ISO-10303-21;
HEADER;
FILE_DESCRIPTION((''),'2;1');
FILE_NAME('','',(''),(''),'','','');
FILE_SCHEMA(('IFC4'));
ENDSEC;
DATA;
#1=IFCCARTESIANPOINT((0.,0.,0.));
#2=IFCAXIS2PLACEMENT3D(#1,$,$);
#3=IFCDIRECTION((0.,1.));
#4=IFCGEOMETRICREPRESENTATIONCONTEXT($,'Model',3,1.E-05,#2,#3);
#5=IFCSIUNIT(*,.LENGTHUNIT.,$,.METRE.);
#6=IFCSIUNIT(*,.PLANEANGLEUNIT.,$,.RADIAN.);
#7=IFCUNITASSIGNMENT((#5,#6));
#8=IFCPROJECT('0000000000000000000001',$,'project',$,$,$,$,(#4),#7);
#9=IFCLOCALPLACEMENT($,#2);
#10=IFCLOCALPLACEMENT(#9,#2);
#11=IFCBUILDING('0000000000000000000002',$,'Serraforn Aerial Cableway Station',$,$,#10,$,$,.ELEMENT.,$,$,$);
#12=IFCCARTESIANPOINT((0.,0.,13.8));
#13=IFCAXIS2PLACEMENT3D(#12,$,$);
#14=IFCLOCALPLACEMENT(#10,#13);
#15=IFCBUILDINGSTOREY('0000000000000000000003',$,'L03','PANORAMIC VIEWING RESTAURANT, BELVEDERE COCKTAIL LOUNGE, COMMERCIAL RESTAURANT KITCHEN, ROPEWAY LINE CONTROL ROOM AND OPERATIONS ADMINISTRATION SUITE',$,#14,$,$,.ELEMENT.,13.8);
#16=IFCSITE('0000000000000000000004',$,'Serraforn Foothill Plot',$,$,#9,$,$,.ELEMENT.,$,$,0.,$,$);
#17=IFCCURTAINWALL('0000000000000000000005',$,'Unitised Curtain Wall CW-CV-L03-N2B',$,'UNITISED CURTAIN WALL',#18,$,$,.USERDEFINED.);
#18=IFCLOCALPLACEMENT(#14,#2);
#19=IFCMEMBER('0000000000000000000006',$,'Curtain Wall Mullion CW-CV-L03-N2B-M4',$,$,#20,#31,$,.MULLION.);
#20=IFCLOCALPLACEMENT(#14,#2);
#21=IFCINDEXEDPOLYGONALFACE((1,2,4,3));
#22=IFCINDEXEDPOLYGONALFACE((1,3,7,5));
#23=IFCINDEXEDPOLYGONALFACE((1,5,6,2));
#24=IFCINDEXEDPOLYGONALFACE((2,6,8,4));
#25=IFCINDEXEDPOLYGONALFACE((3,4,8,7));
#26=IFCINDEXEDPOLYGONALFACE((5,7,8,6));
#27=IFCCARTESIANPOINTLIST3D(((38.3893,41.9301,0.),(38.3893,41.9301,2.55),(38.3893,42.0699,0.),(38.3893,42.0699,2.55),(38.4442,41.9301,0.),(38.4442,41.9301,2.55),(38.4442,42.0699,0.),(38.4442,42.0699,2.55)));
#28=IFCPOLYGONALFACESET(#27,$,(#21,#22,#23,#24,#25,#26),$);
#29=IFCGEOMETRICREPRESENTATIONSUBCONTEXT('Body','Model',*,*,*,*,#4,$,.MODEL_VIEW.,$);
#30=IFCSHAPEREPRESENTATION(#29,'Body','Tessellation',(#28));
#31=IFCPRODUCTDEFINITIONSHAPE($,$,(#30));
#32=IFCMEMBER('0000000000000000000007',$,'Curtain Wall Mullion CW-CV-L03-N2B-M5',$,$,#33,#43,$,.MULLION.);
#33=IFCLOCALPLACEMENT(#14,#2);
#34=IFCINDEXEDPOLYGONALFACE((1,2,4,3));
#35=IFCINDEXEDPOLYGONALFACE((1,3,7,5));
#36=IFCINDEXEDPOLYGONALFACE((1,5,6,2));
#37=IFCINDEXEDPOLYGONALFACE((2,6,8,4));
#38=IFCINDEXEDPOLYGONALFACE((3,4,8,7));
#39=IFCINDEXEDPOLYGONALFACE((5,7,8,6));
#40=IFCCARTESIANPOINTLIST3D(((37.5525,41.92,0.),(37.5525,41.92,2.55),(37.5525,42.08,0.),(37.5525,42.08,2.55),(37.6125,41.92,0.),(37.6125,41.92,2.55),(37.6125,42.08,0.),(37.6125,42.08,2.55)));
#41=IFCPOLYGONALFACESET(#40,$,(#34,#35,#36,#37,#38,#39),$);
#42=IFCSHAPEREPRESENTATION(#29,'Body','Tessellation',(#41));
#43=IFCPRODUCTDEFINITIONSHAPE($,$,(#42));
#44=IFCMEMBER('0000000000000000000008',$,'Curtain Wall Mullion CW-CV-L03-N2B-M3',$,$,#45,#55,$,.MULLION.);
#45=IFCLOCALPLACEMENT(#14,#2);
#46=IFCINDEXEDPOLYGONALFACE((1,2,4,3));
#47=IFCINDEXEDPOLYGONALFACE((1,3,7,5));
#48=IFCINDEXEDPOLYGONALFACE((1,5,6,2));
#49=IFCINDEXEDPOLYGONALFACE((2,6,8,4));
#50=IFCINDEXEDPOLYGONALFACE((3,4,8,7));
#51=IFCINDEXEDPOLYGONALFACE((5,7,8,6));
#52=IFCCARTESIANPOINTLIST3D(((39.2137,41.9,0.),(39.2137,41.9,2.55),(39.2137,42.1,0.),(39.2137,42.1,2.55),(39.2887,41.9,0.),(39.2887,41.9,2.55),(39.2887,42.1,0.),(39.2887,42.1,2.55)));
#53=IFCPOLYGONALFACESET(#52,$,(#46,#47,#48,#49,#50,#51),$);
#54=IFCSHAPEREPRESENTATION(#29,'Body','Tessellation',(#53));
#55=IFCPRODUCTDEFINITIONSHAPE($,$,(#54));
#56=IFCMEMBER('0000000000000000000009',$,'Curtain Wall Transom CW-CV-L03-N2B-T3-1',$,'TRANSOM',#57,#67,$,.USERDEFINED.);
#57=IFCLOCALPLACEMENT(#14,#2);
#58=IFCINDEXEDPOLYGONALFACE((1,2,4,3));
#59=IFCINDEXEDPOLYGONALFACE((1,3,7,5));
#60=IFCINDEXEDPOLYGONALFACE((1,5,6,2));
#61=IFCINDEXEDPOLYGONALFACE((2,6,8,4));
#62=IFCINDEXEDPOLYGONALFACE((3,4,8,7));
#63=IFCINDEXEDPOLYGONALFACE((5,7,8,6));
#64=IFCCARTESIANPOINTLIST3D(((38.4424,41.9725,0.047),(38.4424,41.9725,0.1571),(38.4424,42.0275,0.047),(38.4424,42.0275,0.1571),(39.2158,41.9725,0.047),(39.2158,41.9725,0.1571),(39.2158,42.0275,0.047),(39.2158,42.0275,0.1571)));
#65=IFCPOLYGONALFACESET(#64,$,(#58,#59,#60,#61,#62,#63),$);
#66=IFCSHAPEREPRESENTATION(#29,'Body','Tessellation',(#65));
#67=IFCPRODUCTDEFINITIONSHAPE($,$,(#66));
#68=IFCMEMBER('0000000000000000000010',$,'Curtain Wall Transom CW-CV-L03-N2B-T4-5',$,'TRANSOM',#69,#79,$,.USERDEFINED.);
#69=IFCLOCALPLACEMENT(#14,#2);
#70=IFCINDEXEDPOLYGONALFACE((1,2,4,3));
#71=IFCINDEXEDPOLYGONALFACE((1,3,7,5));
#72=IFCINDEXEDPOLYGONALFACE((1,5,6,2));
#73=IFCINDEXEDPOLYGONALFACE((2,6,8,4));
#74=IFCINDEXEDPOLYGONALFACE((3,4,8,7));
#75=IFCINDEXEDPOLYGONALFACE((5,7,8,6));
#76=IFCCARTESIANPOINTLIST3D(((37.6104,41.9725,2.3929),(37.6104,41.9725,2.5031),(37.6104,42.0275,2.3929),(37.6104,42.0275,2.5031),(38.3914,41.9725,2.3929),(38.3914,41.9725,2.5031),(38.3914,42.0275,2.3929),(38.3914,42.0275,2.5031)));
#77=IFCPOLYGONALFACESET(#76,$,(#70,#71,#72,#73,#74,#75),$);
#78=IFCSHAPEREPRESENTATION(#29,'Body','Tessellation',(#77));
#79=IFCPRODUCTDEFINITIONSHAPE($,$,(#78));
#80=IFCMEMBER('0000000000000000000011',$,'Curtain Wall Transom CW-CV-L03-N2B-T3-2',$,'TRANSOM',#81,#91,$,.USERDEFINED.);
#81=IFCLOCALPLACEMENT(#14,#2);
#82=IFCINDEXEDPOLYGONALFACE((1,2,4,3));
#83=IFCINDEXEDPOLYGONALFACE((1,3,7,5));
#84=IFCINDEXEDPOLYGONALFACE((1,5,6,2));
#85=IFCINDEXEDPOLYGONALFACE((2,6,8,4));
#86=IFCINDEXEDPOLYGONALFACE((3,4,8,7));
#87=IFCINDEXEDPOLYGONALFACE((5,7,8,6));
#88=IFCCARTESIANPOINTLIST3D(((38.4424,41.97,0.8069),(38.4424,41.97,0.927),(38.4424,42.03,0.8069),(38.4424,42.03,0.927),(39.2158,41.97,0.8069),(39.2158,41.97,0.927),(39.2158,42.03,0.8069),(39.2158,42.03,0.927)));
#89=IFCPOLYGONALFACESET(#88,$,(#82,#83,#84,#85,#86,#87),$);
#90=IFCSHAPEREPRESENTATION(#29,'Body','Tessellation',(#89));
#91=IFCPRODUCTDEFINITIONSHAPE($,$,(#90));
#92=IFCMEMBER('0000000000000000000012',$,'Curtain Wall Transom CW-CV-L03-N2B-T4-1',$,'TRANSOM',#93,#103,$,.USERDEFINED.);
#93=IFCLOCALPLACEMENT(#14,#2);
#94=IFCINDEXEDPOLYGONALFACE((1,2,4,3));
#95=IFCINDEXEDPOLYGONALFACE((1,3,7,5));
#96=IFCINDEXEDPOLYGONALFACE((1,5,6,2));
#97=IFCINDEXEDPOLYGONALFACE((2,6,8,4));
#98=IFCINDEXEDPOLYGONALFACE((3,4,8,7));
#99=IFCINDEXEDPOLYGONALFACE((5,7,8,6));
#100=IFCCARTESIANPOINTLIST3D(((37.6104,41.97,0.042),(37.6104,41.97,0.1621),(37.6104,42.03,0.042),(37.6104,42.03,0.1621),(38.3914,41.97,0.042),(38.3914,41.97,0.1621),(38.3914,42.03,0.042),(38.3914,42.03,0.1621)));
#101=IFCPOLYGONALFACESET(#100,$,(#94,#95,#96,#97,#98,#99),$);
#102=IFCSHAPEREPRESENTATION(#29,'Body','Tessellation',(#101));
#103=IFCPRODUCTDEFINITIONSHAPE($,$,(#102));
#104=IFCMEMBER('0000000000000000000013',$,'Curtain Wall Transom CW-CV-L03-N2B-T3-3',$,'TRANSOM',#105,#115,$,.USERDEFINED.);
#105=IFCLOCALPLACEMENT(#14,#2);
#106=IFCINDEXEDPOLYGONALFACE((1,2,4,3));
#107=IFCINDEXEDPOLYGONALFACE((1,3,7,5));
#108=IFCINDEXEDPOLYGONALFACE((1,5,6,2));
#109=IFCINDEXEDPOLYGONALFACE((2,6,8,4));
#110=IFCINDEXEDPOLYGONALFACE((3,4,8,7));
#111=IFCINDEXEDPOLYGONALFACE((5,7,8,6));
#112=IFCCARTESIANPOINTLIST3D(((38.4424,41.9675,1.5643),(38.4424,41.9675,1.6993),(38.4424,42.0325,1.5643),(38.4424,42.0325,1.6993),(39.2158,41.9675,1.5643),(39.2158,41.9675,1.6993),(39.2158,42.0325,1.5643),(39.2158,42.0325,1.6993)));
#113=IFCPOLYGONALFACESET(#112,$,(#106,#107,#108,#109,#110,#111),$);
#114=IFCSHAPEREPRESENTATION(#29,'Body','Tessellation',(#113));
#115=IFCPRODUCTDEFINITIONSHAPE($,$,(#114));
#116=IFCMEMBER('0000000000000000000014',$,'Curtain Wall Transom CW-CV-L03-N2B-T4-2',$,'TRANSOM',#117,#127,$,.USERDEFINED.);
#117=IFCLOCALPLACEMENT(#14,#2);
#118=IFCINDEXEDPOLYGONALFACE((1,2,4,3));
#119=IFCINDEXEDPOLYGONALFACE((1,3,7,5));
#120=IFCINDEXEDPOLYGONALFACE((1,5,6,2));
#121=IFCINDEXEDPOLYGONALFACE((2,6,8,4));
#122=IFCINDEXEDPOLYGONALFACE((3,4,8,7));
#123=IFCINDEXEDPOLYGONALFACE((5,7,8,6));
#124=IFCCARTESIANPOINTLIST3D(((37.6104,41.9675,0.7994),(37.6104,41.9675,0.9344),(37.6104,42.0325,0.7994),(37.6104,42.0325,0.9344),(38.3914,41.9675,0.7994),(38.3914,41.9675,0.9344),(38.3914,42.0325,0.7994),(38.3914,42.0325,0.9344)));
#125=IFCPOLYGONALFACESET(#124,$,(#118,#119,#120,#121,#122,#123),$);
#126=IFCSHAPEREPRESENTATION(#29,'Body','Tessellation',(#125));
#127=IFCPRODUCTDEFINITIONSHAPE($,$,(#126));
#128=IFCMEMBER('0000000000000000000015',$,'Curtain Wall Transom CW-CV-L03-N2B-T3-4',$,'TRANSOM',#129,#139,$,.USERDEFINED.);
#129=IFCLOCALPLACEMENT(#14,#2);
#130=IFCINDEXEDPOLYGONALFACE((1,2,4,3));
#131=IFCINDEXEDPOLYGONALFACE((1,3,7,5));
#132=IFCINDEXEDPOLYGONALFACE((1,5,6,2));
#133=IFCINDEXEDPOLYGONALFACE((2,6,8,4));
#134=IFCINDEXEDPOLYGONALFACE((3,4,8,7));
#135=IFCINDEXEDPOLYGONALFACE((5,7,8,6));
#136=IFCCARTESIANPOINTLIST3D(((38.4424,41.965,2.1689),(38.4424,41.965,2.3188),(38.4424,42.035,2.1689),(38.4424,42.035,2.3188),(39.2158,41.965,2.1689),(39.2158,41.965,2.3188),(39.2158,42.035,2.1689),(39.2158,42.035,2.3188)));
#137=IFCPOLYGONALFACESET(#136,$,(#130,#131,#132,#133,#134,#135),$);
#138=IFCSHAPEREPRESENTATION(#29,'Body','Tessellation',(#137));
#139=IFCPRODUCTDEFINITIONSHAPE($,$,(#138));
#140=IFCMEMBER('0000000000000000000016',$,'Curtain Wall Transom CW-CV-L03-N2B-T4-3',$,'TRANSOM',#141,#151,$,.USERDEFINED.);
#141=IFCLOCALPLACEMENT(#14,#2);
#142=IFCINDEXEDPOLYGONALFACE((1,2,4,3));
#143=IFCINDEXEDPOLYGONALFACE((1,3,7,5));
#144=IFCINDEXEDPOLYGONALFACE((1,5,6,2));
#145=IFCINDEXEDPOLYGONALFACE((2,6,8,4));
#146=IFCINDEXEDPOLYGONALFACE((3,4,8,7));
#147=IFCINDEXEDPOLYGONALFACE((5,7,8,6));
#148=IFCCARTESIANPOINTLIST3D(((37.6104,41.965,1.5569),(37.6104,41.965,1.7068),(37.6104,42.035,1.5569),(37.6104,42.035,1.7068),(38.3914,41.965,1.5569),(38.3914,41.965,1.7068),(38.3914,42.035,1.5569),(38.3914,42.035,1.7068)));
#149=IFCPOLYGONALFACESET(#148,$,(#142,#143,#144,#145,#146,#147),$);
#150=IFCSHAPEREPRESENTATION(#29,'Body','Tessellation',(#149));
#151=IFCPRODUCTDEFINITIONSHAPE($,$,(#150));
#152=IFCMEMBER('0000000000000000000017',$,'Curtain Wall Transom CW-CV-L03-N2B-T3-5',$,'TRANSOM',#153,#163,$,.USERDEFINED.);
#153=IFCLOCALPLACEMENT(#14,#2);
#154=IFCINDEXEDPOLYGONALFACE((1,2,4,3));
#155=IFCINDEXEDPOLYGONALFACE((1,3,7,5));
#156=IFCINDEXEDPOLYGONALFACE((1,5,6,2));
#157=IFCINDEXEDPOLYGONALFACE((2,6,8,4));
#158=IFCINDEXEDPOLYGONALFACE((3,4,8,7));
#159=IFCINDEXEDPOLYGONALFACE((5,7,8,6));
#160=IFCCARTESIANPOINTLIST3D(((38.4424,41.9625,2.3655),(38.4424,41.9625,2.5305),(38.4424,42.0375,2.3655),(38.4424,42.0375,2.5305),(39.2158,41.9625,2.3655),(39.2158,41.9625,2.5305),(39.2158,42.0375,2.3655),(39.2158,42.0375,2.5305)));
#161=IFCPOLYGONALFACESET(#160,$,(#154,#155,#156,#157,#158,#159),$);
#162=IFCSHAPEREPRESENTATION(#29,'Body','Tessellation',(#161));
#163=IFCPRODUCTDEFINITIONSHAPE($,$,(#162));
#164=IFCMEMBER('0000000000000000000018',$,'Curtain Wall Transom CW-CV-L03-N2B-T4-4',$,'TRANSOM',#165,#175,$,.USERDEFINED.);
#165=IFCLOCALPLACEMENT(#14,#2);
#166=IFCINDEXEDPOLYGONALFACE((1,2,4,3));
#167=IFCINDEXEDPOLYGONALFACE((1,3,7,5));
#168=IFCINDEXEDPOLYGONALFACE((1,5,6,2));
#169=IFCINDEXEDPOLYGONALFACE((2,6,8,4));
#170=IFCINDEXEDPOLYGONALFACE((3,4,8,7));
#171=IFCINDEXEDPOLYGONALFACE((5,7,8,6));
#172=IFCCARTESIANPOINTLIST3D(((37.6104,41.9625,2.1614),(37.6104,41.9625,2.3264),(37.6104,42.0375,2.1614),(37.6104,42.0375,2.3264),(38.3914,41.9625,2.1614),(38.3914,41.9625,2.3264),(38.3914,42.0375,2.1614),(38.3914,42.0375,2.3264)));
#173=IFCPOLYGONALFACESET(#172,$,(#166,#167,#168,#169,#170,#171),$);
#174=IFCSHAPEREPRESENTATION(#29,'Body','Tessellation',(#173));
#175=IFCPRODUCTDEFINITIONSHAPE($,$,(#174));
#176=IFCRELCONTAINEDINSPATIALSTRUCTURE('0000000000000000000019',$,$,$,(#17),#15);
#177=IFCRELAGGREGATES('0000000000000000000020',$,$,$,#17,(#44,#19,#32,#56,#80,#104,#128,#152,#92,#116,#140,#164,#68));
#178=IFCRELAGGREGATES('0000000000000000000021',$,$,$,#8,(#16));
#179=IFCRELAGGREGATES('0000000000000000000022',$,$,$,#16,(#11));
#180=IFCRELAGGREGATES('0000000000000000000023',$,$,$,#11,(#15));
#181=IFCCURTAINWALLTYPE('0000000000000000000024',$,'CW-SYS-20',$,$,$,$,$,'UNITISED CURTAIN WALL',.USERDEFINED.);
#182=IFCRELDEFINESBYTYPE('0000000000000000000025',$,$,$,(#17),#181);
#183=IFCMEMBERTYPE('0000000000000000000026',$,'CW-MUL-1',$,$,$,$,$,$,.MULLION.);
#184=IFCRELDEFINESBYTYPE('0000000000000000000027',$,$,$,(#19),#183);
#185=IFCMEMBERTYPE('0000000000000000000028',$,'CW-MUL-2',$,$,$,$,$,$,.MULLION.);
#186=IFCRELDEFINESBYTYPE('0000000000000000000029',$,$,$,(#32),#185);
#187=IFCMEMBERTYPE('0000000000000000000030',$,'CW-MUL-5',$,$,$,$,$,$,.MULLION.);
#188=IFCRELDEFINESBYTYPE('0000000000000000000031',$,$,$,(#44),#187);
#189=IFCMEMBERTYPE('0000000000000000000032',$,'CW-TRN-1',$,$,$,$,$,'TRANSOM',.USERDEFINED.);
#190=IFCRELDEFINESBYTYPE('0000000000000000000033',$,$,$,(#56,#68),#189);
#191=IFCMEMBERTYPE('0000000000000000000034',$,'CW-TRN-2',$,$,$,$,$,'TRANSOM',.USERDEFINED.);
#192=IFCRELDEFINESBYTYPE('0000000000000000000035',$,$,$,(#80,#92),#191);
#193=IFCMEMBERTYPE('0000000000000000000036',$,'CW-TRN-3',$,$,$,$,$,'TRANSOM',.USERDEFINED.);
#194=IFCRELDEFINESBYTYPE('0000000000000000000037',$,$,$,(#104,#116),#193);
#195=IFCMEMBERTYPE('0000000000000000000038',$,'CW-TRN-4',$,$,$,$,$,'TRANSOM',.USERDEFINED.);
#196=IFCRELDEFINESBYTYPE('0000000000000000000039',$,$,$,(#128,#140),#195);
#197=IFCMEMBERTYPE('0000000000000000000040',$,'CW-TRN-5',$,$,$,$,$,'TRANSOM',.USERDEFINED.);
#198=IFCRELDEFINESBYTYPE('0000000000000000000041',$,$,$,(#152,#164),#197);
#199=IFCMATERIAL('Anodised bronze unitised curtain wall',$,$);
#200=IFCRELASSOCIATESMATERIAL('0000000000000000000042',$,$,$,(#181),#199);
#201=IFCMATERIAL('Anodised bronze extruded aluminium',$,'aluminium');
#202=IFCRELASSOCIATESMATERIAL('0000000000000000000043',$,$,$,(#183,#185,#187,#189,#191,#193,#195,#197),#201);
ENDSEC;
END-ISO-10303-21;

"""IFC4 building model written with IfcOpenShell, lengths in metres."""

from ifc_helpers import new_model, si_unit, direction, frame, origin, origin_2d, place, context, subcontext, project, spatial, rectangle, extrude, material, material_profile, profile_set, type_object, element, aggregate, save


model = new_model("IFC4")

# Units and contexts
model_context = context("Model", 3, precision=1e-05, world=origin(), true_north=direction((0.0, 1.0)))
body_context = subcontext(model_context, "Body", "Model", "MODEL_VIEW")
ifc_project = project(units=[si_unit("LENGTHUNIT", "METRE"), si_unit("PLANEANGLEUNIT", "RADIAN")], contexts=[model_context])

# Site, building, storey
site_placement = place(None, origin())
site = spatial("IfcSite", under=ifc_project, at=site_placement, Name="Serraforn Foothill Plot", CompositionType="ELEMENT", RefElevation=0.0)
building_placement = place(site_placement, origin())
building = spatial("IfcBuilding", under=site, at=building_placement, Name="Serraforn Aerial Cableway Station", CompositionType="ELEMENT")
storey_placement = place(building_placement, frame((0.0, 0.0, 13.8)))
storey = spatial("IfcBuildingStorey", under=building, at=storey_placement, Name="L03", Description="PANORAMIC VIEWING RESTAURANT, BELVEDERE COCKTAIL LOUNGE, COMMERCIAL RESTAURANT KITCHEN, ROPEWAY LINE CONTROL ROOM AND OPERATIONS ADMINISTRATION SUITE", CompositionType="ELEMENT", Elevation=13.8)

# Curtain wall, members
ifc_material_1 = material(Name="Anodised bronze unitised curtain wall")
curtain_wall_type = type_object("IfcCurtainWallType", Name="CW-SYS-20", ElementType="UNITISED CURTAIN WALL", PredefinedType="USERDEFINED", material=ifc_material_1)
curtain_wall_placement = place(storey_placement, origin())
curtain_wall = element("IfcCurtainWall", 1, at=curtain_wall_placement, inside=storey, type_object=curtain_wall_type, Name="Unitised Curtain Wall CW-CV-L03-N2B", ObjectType="UNITISED CURTAIN WALL", PredefinedType="USERDEFINED")
ifc_material_2 = material(Name="Anodised bronze extruded aluminium", Category="aluminium")
ifc_material_profile_1 = material_profile(ifc_material_2, rectangle(XDim=0.0549, YDim=0.1399, at=origin_2d()), Name="CW MULLION 55x140")
ifc_profile_set_1 = profile_set([ifc_material_profile_1], Name="Anodised bronze extruded aluminium")
member_type_1 = type_object("IfcMemberType", Name="CW-MUL-1", PredefinedType="MULLION", material=ifc_profile_set_1)
member_1_placement = place(storey_placement, frame((38.4167, 42.0, 0.0), z_axis=(0.0, 0.0, 1.0), x_axis=(-1.0, 0.0, 0.0)))
member_1 = element("IfcMember", 2, at=member_1_placement, type_object=member_type_1, Name="Curtain Wall Mullion CW-CV-L03-N2B-M4", PredefinedType="MULLION", context=body_context, shape_type="SweptSolid", body=[
    extrude(rectangle(XDim=0.0549, YDim=0.1399, at=origin_2d()), origin(), (0.0, 0.0, 1.0), 2.55),
])
ifc_material_profile_2 = material_profile(ifc_material_2, rectangle(XDim=0.0601, YDim=0.1599, at=origin_2d()), Name="CW MULLION 60x160")
ifc_profile_set_2 = profile_set([ifc_material_profile_2], Name="Anodised bronze extruded aluminium")
member_type_2 = type_object("IfcMemberType", Name="CW-MUL-2", PredefinedType="MULLION", material=ifc_profile_set_2)
member_2_placement = place(storey_placement, frame((37.5825, 42.0, 0.0), z_axis=(0.0, 0.0, 1.0), x_axis=(-1.0, 0.0, 0.0)))
member_2 = element("IfcMember", 3, at=member_2_placement, type_object=member_type_2, Name="Curtain Wall Mullion CW-CV-L03-N2B-M5", PredefinedType="MULLION", context=body_context, shape_type="SweptSolid", body=[
    extrude(rectangle(XDim=0.0601, YDim=0.1599, at=origin_2d()), origin(), (0.0, 0.0, 1.0), 2.55),
])
ifc_material_profile_3 = material_profile(ifc_material_2, rectangle(XDim=0.075, YDim=0.2, at=origin_2d()), Name="CW MULLION 75x200")
ifc_profile_set_3 = profile_set([ifc_material_profile_3], Name="Anodised bronze extruded aluminium")
member_type_3 = type_object("IfcMemberType", Name="CW-MUL-5", PredefinedType="MULLION", material=ifc_profile_set_3)
member_3_placement = place(storey_placement, frame((39.2512, 42.0, 0.0), z_axis=(0.0, 0.0, 1.0), x_axis=(-1.0, 0.0, 0.0)))
member_3 = element("IfcMember", 4, at=member_3_placement, type_object=member_type_3, Name="Curtain Wall Mullion CW-CV-L03-N2B-M3", PredefinedType="MULLION", context=body_context, shape_type="SweptSolid", body=[
    extrude(rectangle(XDim=0.075, YDim=0.2, at=origin_2d()), origin(), (0.0, 0.0, 1.0), 2.55),
])
ifc_material_profile_4 = material_profile(ifc_material_2, rectangle(XDim=0.0549, YDim=0.1101, at=origin_2d()), Name="CW TRANSOM 55x110")
ifc_profile_set_4 = profile_set([ifc_material_profile_4], Name="Anodised bronze extruded aluminium")
member_type_4 = type_object("IfcMemberType", Name="CW-TRN-1", ElementType="TRANSOM", PredefinedType="USERDEFINED", material=ifc_profile_set_4)
member_4_placement = place(storey_placement, frame((39.2158, 42.0, 0.1021), z_axis=(-1.0, 0.0, 0.0), x_axis=(0.0, -1.0, 0.0)))
member_4 = element("IfcMember", 5, at=member_4_placement, type_object=member_type_4, Name="Curtain Wall Transom CW-CV-L03-N2B-T3-1", ObjectType="TRANSOM", PredefinedType="USERDEFINED", context=body_context, shape_type="SweptSolid", body=[
    extrude(rectangle(XDim=0.0549, YDim=0.1101, at=origin_2d()), origin(), (0.0, 0.0, 1.0), 0.7734),
])
member_5_placement = place(storey_placement, frame((38.3914, 42.0, 2.448), z_axis=(-1.0, 0.0, 0.0), x_axis=(0.0, -1.0, 0.0)))
member_5 = element("IfcMember", 6, at=member_5_placement, type_object=member_type_4, Name="Curtain Wall Transom CW-CV-L03-N2B-T4-5", ObjectType="TRANSOM", PredefinedType="USERDEFINED", context=body_context, shape_type="SweptSolid", body=[
    extrude(rectangle(XDim=0.0549, YDim=0.1101, at=origin_2d()), origin(), (0.0, 0.0, 1.0), 0.781),
])
ifc_material_profile_5 = material_profile(ifc_material_2, rectangle(XDim=0.0601, YDim=0.1201, at=origin_2d()), Name="CW TRANSOM 60x120")
ifc_profile_set_5 = profile_set([ifc_material_profile_5], Name="Anodised bronze extruded aluminium")
member_type_5 = type_object("IfcMemberType", Name="CW-TRN-2", ElementType="TRANSOM", PredefinedType="USERDEFINED", material=ifc_profile_set_5)
member_6_placement = place(storey_placement, frame((39.2158, 42.0, 0.8669), z_axis=(-1.0, 0.0, 0.0), x_axis=(0.0, -1.0, 0.0)))
member_6 = element("IfcMember", 7, at=member_6_placement, type_object=member_type_5, Name="Curtain Wall Transom CW-CV-L03-N2B-T3-2", ObjectType="TRANSOM", PredefinedType="USERDEFINED", context=body_context, shape_type="SweptSolid", body=[
    extrude(rectangle(XDim=0.0601, YDim=0.1201, at=origin_2d()), origin(), (0.0, 0.0, 1.0), 0.7734),
])
member_7_placement = place(storey_placement, frame((38.3914, 42.0, 0.1021), z_axis=(-1.0, 0.0, 0.0), x_axis=(0.0, -1.0, 0.0)))
member_7 = element("IfcMember", 8, at=member_7_placement, type_object=member_type_5, Name="Curtain Wall Transom CW-CV-L03-N2B-T4-1", ObjectType="TRANSOM", PredefinedType="USERDEFINED", context=body_context, shape_type="SweptSolid", body=[
    extrude(rectangle(XDim=0.0601, YDim=0.1201, at=origin_2d()), origin(), (0.0, 0.0, 1.0), 0.781),
])
ifc_material_profile_6 = material_profile(ifc_material_2, rectangle(XDim=0.0649, YDim=0.135, at=origin_2d()), Name="CW TRANSOM 65x135")
ifc_profile_set_6 = profile_set([ifc_material_profile_6], Name="Anodised bronze extruded aluminium")
member_type_6 = type_object("IfcMemberType", Name="CW-TRN-3", ElementType="TRANSOM", PredefinedType="USERDEFINED", material=ifc_profile_set_6)
member_8_placement = place(storey_placement, frame((39.2158, 42.0, 1.6318), z_axis=(-1.0, 0.0, 0.0), x_axis=(0.0, -1.0, 0.0)))
member_8 = element("IfcMember", 9, at=member_8_placement, type_object=member_type_6, Name="Curtain Wall Transom CW-CV-L03-N2B-T3-3", ObjectType="TRANSOM", PredefinedType="USERDEFINED", context=body_context, shape_type="SweptSolid", body=[
    extrude(rectangle(XDim=0.0649, YDim=0.135, at=origin_2d()), origin(), (0.0, 0.0, 1.0), 0.7734),
])
member_9_placement = place(storey_placement, frame((38.3914, 42.0, 0.8669), z_axis=(-1.0, 0.0, 0.0), x_axis=(0.0, -1.0, 0.0)))
member_9 = element("IfcMember", 10, at=member_9_placement, type_object=member_type_6, Name="Curtain Wall Transom CW-CV-L03-N2B-T4-2", ObjectType="TRANSOM", PredefinedType="USERDEFINED", context=body_context, shape_type="SweptSolid", body=[
    extrude(rectangle(XDim=0.0649, YDim=0.135, at=origin_2d()), origin(), (0.0, 0.0, 1.0), 0.781),
])
ifc_material_profile_7 = material_profile(ifc_material_2, rectangle(XDim=0.0701, YDim=0.1499, at=origin_2d()), Name="CW TRANSOM 70x150")
ifc_profile_set_7 = profile_set([ifc_material_profile_7], Name="Anodised bronze extruded aluminium")
member_type_7 = type_object("IfcMemberType", Name="CW-TRN-4", ElementType="TRANSOM", PredefinedType="USERDEFINED", material=ifc_profile_set_7)
member_10_placement = place(storey_placement, frame((39.2158, 42.0, 2.2439), z_axis=(-1.0, 0.0, 0.0), x_axis=(0.0, -1.0, 0.0)))
member_10 = element("IfcMember", 11, at=member_10_placement, type_object=member_type_7, Name="Curtain Wall Transom CW-CV-L03-N2B-T3-4", ObjectType="TRANSOM", PredefinedType="USERDEFINED", context=body_context, shape_type="SweptSolid", body=[
    extrude(rectangle(XDim=0.0701, YDim=0.1499, at=origin_2d()), origin(), (0.0, 0.0, 1.0), 0.7734),
])
member_11_placement = place(storey_placement, frame((38.3914, 42.0, 1.6318), z_axis=(-1.0, 0.0, 0.0), x_axis=(0.0, -1.0, 0.0)))
member_11 = element("IfcMember", 12, at=member_11_placement, type_object=member_type_7, Name="Curtain Wall Transom CW-CV-L03-N2B-T4-3", ObjectType="TRANSOM", PredefinedType="USERDEFINED", context=body_context, shape_type="SweptSolid", body=[
    extrude(rectangle(XDim=0.0701, YDim=0.1499, at=origin_2d()), origin(), (0.0, 0.0, 1.0), 0.781),
])
ifc_material_profile_8 = material_profile(ifc_material_2, rectangle(XDim=0.075, YDim=0.165, at=origin_2d()), Name="CW TRANSOM 75x165")
ifc_profile_set_8 = profile_set([ifc_material_profile_8], Name="Anodised bronze extruded aluminium")
member_type_8 = type_object("IfcMemberType", Name="CW-TRN-5", ElementType="TRANSOM", PredefinedType="USERDEFINED", material=ifc_profile_set_8)
member_12_placement = place(storey_placement, frame((39.2158, 42.0, 2.448), z_axis=(-1.0, 0.0, 0.0), x_axis=(0.0, -1.0, 0.0)))
member_12 = element("IfcMember", 13, at=member_12_placement, type_object=member_type_8, Name="Curtain Wall Transom CW-CV-L03-N2B-T3-5", ObjectType="TRANSOM", PredefinedType="USERDEFINED", context=body_context, shape_type="SweptSolid", body=[
    extrude(rectangle(XDim=0.075, YDim=0.165, at=origin_2d()), origin(), (0.0, 0.0, 1.0), 0.7734),
])
member_13_placement = place(storey_placement, frame((38.3914, 42.0, 2.2439), z_axis=(-1.0, 0.0, 0.0), x_axis=(0.0, -1.0, 0.0)))
member_13 = element("IfcMember", 14, at=member_13_placement, type_object=member_type_8, Name="Curtain Wall Transom CW-CV-L03-N2B-T4-4", ObjectType="TRANSOM", PredefinedType="USERDEFINED", context=body_context, shape_type="SweptSolid", body=[
    extrude(rectangle(XDim=0.075, YDim=0.165, at=origin_2d()), origin(), (0.0, 0.0, 1.0), 0.781),
])
aggregate(curtain_wall, [member_3, member_1, member_2, member_4, member_6, member_8, member_10, member_12, member_7, member_9, member_11, member_13, member_5])

save(model, "model.ifc")
